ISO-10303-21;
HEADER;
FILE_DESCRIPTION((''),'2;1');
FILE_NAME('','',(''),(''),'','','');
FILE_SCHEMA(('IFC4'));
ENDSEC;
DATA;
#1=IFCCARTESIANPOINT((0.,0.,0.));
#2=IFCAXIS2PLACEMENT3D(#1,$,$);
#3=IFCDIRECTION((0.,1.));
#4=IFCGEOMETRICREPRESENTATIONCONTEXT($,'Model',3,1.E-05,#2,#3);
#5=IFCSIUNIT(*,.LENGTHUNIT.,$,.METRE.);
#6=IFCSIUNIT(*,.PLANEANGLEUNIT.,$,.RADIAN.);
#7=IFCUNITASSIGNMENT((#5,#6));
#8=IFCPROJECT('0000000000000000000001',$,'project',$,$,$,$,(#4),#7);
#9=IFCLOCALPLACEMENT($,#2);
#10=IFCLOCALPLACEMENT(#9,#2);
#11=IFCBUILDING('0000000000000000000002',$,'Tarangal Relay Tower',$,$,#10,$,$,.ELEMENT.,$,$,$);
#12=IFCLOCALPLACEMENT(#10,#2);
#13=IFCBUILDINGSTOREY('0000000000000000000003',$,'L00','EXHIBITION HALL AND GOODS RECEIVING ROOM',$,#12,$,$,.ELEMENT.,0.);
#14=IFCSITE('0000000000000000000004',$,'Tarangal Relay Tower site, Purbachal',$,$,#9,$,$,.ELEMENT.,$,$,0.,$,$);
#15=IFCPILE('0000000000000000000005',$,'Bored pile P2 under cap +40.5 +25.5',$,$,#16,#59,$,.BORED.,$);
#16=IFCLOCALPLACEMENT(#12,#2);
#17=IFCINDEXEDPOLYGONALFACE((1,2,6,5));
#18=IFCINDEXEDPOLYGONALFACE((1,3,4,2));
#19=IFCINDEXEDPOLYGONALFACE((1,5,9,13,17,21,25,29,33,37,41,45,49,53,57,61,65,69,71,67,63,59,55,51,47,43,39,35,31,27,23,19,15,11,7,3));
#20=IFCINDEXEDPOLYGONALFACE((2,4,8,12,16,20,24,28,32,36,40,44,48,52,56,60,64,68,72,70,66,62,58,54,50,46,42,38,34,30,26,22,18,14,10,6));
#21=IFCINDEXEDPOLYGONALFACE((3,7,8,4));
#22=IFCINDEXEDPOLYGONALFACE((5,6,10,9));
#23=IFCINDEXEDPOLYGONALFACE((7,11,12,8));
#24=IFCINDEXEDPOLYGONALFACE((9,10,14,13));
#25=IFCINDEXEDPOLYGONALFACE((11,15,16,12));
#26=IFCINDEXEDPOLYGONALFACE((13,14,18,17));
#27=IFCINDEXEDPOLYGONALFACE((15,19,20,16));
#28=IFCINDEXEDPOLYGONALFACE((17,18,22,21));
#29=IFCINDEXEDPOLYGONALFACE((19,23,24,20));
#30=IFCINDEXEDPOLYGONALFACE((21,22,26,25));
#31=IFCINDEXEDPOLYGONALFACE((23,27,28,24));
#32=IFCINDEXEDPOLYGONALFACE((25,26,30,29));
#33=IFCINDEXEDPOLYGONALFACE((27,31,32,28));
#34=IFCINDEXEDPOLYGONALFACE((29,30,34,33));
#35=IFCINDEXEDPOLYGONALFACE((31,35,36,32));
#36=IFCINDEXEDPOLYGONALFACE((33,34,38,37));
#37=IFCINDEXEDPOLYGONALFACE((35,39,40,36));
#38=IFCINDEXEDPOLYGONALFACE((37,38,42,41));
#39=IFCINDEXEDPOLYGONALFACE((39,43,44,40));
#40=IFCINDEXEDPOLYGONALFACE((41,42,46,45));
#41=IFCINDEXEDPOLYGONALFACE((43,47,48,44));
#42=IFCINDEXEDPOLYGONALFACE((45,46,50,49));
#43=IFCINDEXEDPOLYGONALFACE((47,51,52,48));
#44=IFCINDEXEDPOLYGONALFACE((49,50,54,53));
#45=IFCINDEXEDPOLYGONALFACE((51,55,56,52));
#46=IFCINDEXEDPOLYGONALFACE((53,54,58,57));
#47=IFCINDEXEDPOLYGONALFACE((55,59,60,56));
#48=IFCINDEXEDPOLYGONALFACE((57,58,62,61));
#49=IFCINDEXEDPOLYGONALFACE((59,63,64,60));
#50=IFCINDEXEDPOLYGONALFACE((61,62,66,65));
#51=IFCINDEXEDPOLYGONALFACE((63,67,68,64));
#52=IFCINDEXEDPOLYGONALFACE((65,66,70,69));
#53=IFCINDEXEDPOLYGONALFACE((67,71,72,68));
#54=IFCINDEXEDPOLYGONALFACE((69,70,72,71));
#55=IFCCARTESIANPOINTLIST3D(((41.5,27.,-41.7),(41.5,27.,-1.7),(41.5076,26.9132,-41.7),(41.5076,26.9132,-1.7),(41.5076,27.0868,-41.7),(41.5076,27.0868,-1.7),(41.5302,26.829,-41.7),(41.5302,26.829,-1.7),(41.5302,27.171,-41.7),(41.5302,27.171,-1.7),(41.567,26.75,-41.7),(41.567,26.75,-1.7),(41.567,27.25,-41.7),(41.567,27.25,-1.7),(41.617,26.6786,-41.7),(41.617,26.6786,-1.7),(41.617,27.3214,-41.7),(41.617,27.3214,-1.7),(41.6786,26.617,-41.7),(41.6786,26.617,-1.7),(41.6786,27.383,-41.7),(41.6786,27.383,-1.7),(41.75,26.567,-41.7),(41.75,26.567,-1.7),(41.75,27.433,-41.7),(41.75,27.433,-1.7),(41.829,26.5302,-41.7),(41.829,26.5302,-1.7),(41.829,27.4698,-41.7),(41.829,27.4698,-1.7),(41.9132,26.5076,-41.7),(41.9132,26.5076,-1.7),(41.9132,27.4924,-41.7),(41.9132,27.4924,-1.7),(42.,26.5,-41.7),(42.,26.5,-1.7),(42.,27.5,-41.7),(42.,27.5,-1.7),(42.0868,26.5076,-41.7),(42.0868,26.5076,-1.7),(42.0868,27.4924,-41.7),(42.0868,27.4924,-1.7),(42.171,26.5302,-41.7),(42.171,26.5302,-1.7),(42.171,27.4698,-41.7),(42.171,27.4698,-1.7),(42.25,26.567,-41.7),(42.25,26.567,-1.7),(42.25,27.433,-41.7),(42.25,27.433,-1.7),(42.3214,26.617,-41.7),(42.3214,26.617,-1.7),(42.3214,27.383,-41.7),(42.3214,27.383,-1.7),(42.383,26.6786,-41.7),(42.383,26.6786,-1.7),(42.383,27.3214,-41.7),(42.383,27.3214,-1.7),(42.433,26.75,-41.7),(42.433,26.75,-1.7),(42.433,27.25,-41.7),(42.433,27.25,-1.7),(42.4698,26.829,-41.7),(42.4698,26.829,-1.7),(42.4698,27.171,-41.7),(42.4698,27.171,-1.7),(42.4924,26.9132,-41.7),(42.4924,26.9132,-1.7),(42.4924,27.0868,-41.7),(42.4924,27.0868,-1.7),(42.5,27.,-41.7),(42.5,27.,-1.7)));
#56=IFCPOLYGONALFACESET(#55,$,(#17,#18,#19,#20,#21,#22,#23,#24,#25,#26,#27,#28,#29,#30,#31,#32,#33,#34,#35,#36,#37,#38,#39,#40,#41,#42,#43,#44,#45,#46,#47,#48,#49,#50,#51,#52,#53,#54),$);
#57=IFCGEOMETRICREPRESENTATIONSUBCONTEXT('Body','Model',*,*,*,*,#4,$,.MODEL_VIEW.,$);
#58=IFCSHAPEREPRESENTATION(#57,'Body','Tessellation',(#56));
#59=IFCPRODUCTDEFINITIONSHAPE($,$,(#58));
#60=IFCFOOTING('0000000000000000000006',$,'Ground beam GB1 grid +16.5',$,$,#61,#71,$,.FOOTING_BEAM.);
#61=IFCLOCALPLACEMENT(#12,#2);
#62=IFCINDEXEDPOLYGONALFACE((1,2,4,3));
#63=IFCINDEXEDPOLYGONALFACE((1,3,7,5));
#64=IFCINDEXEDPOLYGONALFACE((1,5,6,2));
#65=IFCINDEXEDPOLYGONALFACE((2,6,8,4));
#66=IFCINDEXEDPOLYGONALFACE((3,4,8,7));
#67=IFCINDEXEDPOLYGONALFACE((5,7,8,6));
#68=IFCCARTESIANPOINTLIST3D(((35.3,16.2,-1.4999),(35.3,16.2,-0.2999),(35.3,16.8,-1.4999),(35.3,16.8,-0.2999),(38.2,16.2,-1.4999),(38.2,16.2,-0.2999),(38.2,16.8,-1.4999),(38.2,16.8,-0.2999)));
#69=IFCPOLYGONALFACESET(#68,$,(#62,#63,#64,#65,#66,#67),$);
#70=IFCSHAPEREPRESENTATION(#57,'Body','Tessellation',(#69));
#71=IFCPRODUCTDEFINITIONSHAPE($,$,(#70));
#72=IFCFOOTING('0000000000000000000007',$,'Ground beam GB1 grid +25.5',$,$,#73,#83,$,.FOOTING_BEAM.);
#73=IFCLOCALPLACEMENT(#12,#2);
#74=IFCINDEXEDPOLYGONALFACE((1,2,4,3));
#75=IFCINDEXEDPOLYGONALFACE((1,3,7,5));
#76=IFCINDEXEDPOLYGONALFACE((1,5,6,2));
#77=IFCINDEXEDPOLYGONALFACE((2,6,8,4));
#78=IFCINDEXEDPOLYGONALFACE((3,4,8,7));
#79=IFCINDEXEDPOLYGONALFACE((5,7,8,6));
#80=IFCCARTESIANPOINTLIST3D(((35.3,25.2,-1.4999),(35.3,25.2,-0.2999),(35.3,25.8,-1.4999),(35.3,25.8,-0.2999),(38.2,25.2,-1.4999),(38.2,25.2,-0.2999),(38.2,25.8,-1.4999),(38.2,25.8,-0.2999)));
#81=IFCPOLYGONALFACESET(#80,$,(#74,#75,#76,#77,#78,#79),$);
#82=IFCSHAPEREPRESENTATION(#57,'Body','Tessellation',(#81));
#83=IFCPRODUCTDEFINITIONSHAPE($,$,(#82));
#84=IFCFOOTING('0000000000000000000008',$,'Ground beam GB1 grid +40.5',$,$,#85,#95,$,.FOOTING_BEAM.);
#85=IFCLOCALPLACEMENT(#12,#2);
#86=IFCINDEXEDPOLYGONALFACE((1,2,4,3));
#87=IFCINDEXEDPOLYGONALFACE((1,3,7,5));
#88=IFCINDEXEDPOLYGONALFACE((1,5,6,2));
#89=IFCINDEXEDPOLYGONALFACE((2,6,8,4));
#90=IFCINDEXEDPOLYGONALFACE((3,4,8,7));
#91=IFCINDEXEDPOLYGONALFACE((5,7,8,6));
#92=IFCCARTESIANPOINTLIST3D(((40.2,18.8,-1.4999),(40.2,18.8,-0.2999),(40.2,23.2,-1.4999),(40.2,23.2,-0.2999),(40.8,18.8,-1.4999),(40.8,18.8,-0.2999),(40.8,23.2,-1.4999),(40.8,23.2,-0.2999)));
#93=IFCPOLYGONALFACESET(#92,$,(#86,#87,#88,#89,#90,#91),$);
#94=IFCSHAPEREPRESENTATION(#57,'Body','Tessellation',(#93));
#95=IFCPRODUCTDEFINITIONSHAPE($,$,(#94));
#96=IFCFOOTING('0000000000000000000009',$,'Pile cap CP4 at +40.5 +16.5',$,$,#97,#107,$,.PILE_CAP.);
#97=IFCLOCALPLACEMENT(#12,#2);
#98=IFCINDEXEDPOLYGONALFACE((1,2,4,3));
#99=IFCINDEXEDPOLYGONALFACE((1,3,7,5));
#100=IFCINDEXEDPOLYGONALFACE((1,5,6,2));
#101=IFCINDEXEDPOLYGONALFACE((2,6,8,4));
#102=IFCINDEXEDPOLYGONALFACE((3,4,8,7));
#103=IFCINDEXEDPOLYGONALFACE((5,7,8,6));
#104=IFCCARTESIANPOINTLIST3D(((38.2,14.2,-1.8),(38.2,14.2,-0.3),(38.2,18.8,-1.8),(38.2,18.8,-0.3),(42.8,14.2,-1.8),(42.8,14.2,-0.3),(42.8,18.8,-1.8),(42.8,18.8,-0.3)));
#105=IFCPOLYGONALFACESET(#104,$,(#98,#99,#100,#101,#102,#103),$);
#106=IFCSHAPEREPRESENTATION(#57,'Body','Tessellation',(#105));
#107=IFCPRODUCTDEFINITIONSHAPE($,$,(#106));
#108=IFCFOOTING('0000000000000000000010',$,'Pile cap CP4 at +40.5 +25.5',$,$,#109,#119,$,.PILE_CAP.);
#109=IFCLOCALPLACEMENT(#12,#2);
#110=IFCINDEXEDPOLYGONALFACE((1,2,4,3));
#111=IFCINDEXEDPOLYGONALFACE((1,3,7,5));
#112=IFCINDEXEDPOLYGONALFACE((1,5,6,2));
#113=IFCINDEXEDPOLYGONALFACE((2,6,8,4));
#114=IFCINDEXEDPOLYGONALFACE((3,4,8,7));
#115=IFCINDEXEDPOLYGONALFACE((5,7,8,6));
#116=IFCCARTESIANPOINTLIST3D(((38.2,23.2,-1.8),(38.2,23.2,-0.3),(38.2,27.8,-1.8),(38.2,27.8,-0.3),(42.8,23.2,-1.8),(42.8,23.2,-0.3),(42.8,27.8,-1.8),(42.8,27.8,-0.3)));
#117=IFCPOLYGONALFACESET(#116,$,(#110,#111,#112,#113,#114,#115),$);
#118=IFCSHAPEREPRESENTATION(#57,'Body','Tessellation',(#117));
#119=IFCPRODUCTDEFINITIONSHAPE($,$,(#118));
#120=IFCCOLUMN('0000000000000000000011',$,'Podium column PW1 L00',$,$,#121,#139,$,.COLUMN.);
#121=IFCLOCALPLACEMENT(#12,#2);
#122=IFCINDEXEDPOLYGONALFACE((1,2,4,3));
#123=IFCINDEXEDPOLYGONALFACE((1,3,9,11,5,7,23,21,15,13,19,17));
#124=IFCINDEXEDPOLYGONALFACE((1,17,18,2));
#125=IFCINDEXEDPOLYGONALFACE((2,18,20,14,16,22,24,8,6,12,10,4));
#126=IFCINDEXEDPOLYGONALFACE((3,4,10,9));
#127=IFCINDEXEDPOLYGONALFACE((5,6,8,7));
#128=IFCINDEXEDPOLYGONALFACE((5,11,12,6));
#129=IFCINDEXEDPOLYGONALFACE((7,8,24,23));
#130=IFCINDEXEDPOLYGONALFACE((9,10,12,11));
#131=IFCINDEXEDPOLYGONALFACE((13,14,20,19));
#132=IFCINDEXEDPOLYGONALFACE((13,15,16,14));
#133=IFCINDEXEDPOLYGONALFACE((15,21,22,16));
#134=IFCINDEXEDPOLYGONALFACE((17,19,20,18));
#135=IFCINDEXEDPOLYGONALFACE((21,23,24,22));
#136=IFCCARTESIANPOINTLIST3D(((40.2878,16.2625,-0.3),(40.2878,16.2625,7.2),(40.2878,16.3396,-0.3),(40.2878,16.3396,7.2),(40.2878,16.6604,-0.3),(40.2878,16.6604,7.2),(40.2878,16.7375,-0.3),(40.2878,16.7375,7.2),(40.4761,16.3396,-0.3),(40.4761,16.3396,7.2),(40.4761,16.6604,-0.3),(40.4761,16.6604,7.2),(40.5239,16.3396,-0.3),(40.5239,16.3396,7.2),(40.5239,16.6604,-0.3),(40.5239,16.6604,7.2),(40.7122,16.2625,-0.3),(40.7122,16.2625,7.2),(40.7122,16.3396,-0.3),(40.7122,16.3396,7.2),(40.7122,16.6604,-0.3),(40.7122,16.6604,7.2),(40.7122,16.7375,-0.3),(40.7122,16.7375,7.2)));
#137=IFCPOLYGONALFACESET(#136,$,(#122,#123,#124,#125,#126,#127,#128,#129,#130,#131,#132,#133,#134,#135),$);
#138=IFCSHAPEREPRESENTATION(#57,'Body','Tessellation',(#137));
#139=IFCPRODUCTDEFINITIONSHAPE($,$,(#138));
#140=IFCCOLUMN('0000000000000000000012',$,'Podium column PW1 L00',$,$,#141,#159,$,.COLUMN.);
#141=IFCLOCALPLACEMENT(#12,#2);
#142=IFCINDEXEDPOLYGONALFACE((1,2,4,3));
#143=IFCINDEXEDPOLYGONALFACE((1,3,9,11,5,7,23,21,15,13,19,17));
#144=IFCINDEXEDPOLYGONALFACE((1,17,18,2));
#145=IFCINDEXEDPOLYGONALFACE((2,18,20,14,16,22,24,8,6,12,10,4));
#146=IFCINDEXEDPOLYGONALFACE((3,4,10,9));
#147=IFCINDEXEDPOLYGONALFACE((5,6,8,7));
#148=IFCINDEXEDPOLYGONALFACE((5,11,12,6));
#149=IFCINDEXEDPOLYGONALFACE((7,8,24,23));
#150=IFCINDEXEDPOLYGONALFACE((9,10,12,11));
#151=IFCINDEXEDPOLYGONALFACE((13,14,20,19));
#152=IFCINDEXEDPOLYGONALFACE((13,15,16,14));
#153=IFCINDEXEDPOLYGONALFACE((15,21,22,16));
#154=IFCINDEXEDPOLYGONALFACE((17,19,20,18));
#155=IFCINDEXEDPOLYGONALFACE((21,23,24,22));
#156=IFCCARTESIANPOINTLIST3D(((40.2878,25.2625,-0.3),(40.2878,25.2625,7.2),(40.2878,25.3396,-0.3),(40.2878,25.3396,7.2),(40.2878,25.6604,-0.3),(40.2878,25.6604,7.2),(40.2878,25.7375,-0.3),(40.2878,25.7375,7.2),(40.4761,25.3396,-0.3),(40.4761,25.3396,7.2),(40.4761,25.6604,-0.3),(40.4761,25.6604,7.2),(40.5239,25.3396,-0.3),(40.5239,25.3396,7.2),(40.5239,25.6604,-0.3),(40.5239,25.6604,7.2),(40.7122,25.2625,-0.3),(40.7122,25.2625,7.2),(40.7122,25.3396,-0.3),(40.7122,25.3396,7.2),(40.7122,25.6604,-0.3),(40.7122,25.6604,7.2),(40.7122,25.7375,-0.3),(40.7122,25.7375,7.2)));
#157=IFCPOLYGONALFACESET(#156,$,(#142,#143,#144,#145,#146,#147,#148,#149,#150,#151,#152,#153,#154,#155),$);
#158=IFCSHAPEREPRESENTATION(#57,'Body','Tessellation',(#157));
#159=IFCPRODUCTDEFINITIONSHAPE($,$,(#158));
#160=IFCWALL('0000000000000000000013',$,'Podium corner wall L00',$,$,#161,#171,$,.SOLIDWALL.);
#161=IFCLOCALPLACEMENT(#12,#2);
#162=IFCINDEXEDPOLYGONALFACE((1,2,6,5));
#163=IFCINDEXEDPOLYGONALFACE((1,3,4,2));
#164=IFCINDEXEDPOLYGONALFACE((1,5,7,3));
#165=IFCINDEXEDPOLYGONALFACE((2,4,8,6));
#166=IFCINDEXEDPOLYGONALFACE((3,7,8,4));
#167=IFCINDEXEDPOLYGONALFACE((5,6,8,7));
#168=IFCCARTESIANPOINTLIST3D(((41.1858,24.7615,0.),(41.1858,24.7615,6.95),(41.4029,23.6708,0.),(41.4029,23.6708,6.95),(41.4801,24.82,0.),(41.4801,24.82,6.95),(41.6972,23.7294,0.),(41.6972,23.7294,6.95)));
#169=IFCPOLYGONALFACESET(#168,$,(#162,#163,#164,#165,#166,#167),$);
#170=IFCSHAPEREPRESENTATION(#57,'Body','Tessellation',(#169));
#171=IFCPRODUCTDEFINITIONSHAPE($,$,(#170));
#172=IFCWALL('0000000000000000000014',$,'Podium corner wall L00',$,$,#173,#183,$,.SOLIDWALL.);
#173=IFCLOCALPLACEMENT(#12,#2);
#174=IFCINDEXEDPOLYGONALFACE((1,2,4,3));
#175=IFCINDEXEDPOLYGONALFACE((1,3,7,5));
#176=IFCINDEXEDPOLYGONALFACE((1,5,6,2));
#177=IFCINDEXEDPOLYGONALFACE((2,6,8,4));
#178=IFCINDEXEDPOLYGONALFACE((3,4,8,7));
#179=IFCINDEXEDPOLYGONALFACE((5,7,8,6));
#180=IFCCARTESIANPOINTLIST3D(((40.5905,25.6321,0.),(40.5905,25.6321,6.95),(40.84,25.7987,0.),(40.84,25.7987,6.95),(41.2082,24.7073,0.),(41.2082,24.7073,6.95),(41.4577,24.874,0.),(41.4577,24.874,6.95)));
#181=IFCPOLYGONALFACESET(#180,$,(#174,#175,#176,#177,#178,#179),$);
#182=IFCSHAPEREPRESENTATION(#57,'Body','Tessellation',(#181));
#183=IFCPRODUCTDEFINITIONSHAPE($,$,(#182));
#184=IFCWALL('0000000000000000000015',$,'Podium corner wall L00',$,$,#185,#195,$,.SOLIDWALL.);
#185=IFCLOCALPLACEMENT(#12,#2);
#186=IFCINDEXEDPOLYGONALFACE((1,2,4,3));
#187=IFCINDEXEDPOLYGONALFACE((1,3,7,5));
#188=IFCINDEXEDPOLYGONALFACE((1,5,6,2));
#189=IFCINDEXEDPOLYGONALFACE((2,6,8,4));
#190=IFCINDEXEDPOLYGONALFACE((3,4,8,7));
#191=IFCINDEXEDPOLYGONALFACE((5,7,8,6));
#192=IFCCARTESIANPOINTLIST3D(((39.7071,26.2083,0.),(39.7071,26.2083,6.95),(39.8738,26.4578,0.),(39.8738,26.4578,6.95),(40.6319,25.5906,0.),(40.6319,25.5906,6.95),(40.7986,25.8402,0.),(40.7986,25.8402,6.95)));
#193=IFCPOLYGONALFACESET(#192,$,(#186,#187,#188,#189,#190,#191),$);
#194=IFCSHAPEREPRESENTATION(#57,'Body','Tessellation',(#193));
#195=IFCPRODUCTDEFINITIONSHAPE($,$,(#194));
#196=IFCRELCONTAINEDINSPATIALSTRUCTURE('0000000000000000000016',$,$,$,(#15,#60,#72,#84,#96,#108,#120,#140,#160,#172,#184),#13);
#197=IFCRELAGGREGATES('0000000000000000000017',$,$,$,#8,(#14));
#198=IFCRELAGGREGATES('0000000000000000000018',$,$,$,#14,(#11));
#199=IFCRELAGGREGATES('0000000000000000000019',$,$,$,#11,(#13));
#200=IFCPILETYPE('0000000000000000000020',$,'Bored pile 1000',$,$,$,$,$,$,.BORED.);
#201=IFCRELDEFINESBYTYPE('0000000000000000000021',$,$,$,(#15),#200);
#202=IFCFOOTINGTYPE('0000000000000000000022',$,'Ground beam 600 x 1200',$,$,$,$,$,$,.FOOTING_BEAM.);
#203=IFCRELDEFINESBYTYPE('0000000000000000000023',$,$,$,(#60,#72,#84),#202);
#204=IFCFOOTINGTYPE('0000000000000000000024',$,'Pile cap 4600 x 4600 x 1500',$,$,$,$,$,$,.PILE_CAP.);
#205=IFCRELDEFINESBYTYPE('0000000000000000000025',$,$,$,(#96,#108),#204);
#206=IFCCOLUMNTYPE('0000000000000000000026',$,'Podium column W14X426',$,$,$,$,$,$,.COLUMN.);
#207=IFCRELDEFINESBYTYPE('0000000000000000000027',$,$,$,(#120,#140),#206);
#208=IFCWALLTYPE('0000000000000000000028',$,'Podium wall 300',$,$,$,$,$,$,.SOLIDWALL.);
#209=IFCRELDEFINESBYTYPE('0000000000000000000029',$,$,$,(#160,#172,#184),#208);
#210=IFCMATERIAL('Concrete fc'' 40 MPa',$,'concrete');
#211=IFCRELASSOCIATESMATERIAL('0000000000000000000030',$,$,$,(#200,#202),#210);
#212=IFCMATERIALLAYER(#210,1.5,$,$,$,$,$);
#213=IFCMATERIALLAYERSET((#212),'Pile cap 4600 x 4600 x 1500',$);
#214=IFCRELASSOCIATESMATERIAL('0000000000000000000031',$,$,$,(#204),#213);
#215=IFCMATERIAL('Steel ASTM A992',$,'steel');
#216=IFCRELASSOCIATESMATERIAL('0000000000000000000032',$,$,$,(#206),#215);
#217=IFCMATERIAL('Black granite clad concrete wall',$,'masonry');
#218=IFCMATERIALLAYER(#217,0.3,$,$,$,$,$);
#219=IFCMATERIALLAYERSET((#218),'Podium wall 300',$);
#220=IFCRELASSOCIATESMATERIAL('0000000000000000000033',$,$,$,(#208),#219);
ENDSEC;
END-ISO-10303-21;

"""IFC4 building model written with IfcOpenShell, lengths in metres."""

from ifc_helpers import new_model, si_unit, direction, frame, frame_2d, origin, origin_2d, place, context, subcontext, project, spatial, rectangle, circle, i_section, extrude, material, layer, layer_set, material_profile, profile_set, type_object, element, save


model = new_model("IFC4")

# Units and contexts
model_context = context("Model", 3, precision=1e-05, world=origin(), true_north=direction((0.0, 1.0)))
body_context = subcontext(model_context, "Body", "Model", "MODEL_VIEW")
ifc_project = project(units=[si_unit("LENGTHUNIT", "METRE"), si_unit("PLANEANGLEUNIT", "RADIAN")], contexts=[model_context])

# Site, building, storey
site_placement = place(None, origin())
site = spatial("IfcSite", under=ifc_project, at=site_placement, Name="Tarangal Relay Tower site, Purbachal", CompositionType="ELEMENT", RefElevation=0.0)
building_placement = place(site_placement, origin())
building = spatial("IfcBuilding", under=site, at=building_placement, Name="Tarangal Relay Tower", CompositionType="ELEMENT")
storey_placement = place(building_placement, origin())
storey = spatial("IfcBuildingStorey", under=building, at=storey_placement, Name="L00", Description="EXHIBITION HALL AND GOODS RECEIVING ROOM", CompositionType="ELEMENT", Elevation=0.0)

# Pile
ifc_material_1 = material(Name="Concrete fc' 40 MPa", Category="concrete")
ifc_material_profile_1 = material_profile(ifc_material_1, circle(Radius=0.5, at=origin_2d()), Name="D1000")
ifc_profile_set_1 = profile_set([ifc_material_profile_1], Name="Concrete fc' 40 MPa")
pile_type = type_object("IfcPileType", Name="Bored pile 1000", PredefinedType="BORED", material=ifc_profile_set_1)
for number, where, z_axis, x_axis, name in (
    (1, (42.0, 27.0, -1.7), (0.0, 0.0, -1.0), (1.0, 0.0, 0.0), "Bored pile P2 under cap +40.5 +25.5"),
):
    element("IfcPile", number, at=place(storey_placement, frame(where, z_axis=z_axis, x_axis=x_axis)), inside=storey, type_object=pile_type, Name=name, PredefinedType="BORED", context=body_context, shape_type="SweptSolid", body=[
        extrude(circle(Radius=0.5, at=origin_2d()), origin(), (0.0, 0.0, 1.0), 40.0),
    ])

# Footings
ifc_material_profile_2 = material_profile(ifc_material_1, rectangle(XDim=0.6001, YDim=1.2, at=origin_2d()), Name="GB 600X1200")
ifc_profile_set_2 = profile_set([ifc_material_profile_2], Name="Concrete fc' 40 MPa")
footing_type_1 = type_object("IfcFootingType", Name="Ground beam 600 x 1200", PredefinedType="FOOTING_BEAM", material=ifc_profile_set_2)
for number, where, z_axis, x_axis, name in (
    (2, (35.3, 16.5, -0.8999), (1.0, 0.0, 0.0), (0.0, 1.0, 0.0), "Ground beam GB1 grid +16.5"),
    (3, (35.3, 25.5, -0.8999), (1.0, 0.0, 0.0), (0.0, 1.0, 0.0), "Ground beam GB1 grid +25.5"),
):
    element("IfcFooting", number, at=place(storey_placement, frame(where, z_axis=z_axis, x_axis=x_axis)), inside=storey, type_object=footing_type_1, Name=name, PredefinedType="FOOTING_BEAM", context=body_context, shape_type="SweptSolid", body=[
        extrude(rectangle(XDim=0.6001, YDim=1.2, at=origin_2d()), origin(), (0.0, 0.0, 1.0), 2.8999),
    ])
footing_placement = place(storey_placement, frame((40.5, 18.8, -0.8999), z_axis=(0.0, 1.0, 0.0), x_axis=(-1.0, 0.0, 0.0)))
element("IfcFooting", 4, at=footing_placement, inside=storey, type_object=footing_type_1, Name="Ground beam GB1 grid +40.5", PredefinedType="FOOTING_BEAM", context=body_context, shape_type="SweptSolid", body=[
    extrude(rectangle(XDim=0.6001, YDim=1.2, at=origin_2d()), origin(), (0.0, 0.0, 1.0), 4.3999),
])
ifc_layer_1 = layer(ifc_material_1, 1.5)
ifc_layer_set_1 = layer_set([ifc_layer_1], Name="Pile cap 4600 x 4600 x 1500")
footing_type_2 = type_object("IfcFootingType", Name="Pile cap 4600 x 4600 x 1500", PredefinedType="PILE_CAP", material=ifc_layer_set_1)
for number, where, z_axis, x_axis, name in (
    (5, (40.5, 16.5, -1.8), (0.0, 0.0, 1.0), (1.0, 0.0, 0.0), "Pile cap CP4 at +40.5 +16.5"),
    (6, (40.5, 25.5, -1.8), (0.0, 0.0, 1.0), (1.0, 0.0, 0.0), "Pile cap CP4 at +40.5 +25.5"),
):
    element("IfcFooting", number, at=place(storey_placement, frame(where, z_axis=z_axis, x_axis=x_axis)), inside=storey, type_object=footing_type_2, Name=name, PredefinedType="PILE_CAP", context=body_context, shape_type="SweptSolid", body=[
        extrude(rectangle(XDim=4.6001, YDim=4.6001, at=origin_2d()), origin(), (0.0, 0.0, 1.0), 1.5),
    ])

# Columns
ifc_material_2 = material(Name="Steel ASTM A992", Category="steel")
ifc_material_profile_3 = material_profile(ifc_material_2, i_section(OverallWidth=0.4243, OverallDepth=0.4751, WebThickness=0.0479, FlangeThickness=0.0771, at=origin_2d()), Name="W14X426")
ifc_profile_set_3 = profile_set([ifc_material_profile_3], Name="Steel ASTM A992")
column_type = type_object("IfcColumnType", Name="Podium column W14X426", PredefinedType="COLUMN", material=ifc_profile_set_3)
for number, where, z_axis, x_axis, name in (
    (7, (40.5, 16.5, -0.3), (0.0, 0.0, 1.0), (1.0, 0.0, 0.0), "Podium column PW1 L00"),
    (8, (40.5, 25.5, -0.3), (0.0, 0.0, 1.0), (1.0, 0.0, 0.0), "Podium column PW1 L00"),
):
    element("IfcColumn", number, at=place(storey_placement, frame(where, z_axis=z_axis, x_axis=x_axis)), inside=storey, type_object=column_type, Name=name, PredefinedType="COLUMN", context=body_context, shape_type="SweptSolid", body=[
        extrude(i_section(OverallWidth=0.4243, OverallDepth=0.4751, WebThickness=0.0479, FlangeThickness=0.0771, at=origin_2d()), origin(), (0.0, 0.0, 1.0), 7.5),
    ])

# Walls
ifc_material_3 = material(Name="Black granite clad concrete wall", Category="masonry")
ifc_layer_2 = layer(ifc_material_3, 0.3)
ifc_layer_set_2 = layer_set([ifc_layer_2], Name="Podium wall 300")
wall_type = type_object("IfcWallType", Name="Podium wall 300", PredefinedType="SOLIDWALL", material=ifc_layer_set_2)
for number, where, z_axis, x_axis, name in (
    (9, (41.55, 23.7, 0.0), (0.0, 0.0, 1.0), (-0.195187, 0.980766, 0.0), "Podium corner wall L00"),
    (10, (41.333, 24.7905, 0.0), (0.0, 0.0, 1.0), (-0.555409, 0.831577, 0.0), "Podium corner wall L00"),
    (11, (40.7153, 25.7153, 0.0), (0.0, 0.0, 1.0), (-0.831577, 0.555409, 0.0), "Podium corner wall L00"),
):
    element("IfcWall", number, at=place(storey_placement, frame(where, z_axis=z_axis, x_axis=x_axis)), inside=storey, type_object=wall_type, Name=name, PredefinedType="SOLIDWALL", context=body_context, shape_type="SweptSolid", body=[
        extrude(rectangle(XDim=1.1121, YDim=0.3, at=frame_2d((0.5562, 0.0))), origin(), (0.0, 0.0, 1.0), 6.95),
    ])

save(model, "model.ifc")
